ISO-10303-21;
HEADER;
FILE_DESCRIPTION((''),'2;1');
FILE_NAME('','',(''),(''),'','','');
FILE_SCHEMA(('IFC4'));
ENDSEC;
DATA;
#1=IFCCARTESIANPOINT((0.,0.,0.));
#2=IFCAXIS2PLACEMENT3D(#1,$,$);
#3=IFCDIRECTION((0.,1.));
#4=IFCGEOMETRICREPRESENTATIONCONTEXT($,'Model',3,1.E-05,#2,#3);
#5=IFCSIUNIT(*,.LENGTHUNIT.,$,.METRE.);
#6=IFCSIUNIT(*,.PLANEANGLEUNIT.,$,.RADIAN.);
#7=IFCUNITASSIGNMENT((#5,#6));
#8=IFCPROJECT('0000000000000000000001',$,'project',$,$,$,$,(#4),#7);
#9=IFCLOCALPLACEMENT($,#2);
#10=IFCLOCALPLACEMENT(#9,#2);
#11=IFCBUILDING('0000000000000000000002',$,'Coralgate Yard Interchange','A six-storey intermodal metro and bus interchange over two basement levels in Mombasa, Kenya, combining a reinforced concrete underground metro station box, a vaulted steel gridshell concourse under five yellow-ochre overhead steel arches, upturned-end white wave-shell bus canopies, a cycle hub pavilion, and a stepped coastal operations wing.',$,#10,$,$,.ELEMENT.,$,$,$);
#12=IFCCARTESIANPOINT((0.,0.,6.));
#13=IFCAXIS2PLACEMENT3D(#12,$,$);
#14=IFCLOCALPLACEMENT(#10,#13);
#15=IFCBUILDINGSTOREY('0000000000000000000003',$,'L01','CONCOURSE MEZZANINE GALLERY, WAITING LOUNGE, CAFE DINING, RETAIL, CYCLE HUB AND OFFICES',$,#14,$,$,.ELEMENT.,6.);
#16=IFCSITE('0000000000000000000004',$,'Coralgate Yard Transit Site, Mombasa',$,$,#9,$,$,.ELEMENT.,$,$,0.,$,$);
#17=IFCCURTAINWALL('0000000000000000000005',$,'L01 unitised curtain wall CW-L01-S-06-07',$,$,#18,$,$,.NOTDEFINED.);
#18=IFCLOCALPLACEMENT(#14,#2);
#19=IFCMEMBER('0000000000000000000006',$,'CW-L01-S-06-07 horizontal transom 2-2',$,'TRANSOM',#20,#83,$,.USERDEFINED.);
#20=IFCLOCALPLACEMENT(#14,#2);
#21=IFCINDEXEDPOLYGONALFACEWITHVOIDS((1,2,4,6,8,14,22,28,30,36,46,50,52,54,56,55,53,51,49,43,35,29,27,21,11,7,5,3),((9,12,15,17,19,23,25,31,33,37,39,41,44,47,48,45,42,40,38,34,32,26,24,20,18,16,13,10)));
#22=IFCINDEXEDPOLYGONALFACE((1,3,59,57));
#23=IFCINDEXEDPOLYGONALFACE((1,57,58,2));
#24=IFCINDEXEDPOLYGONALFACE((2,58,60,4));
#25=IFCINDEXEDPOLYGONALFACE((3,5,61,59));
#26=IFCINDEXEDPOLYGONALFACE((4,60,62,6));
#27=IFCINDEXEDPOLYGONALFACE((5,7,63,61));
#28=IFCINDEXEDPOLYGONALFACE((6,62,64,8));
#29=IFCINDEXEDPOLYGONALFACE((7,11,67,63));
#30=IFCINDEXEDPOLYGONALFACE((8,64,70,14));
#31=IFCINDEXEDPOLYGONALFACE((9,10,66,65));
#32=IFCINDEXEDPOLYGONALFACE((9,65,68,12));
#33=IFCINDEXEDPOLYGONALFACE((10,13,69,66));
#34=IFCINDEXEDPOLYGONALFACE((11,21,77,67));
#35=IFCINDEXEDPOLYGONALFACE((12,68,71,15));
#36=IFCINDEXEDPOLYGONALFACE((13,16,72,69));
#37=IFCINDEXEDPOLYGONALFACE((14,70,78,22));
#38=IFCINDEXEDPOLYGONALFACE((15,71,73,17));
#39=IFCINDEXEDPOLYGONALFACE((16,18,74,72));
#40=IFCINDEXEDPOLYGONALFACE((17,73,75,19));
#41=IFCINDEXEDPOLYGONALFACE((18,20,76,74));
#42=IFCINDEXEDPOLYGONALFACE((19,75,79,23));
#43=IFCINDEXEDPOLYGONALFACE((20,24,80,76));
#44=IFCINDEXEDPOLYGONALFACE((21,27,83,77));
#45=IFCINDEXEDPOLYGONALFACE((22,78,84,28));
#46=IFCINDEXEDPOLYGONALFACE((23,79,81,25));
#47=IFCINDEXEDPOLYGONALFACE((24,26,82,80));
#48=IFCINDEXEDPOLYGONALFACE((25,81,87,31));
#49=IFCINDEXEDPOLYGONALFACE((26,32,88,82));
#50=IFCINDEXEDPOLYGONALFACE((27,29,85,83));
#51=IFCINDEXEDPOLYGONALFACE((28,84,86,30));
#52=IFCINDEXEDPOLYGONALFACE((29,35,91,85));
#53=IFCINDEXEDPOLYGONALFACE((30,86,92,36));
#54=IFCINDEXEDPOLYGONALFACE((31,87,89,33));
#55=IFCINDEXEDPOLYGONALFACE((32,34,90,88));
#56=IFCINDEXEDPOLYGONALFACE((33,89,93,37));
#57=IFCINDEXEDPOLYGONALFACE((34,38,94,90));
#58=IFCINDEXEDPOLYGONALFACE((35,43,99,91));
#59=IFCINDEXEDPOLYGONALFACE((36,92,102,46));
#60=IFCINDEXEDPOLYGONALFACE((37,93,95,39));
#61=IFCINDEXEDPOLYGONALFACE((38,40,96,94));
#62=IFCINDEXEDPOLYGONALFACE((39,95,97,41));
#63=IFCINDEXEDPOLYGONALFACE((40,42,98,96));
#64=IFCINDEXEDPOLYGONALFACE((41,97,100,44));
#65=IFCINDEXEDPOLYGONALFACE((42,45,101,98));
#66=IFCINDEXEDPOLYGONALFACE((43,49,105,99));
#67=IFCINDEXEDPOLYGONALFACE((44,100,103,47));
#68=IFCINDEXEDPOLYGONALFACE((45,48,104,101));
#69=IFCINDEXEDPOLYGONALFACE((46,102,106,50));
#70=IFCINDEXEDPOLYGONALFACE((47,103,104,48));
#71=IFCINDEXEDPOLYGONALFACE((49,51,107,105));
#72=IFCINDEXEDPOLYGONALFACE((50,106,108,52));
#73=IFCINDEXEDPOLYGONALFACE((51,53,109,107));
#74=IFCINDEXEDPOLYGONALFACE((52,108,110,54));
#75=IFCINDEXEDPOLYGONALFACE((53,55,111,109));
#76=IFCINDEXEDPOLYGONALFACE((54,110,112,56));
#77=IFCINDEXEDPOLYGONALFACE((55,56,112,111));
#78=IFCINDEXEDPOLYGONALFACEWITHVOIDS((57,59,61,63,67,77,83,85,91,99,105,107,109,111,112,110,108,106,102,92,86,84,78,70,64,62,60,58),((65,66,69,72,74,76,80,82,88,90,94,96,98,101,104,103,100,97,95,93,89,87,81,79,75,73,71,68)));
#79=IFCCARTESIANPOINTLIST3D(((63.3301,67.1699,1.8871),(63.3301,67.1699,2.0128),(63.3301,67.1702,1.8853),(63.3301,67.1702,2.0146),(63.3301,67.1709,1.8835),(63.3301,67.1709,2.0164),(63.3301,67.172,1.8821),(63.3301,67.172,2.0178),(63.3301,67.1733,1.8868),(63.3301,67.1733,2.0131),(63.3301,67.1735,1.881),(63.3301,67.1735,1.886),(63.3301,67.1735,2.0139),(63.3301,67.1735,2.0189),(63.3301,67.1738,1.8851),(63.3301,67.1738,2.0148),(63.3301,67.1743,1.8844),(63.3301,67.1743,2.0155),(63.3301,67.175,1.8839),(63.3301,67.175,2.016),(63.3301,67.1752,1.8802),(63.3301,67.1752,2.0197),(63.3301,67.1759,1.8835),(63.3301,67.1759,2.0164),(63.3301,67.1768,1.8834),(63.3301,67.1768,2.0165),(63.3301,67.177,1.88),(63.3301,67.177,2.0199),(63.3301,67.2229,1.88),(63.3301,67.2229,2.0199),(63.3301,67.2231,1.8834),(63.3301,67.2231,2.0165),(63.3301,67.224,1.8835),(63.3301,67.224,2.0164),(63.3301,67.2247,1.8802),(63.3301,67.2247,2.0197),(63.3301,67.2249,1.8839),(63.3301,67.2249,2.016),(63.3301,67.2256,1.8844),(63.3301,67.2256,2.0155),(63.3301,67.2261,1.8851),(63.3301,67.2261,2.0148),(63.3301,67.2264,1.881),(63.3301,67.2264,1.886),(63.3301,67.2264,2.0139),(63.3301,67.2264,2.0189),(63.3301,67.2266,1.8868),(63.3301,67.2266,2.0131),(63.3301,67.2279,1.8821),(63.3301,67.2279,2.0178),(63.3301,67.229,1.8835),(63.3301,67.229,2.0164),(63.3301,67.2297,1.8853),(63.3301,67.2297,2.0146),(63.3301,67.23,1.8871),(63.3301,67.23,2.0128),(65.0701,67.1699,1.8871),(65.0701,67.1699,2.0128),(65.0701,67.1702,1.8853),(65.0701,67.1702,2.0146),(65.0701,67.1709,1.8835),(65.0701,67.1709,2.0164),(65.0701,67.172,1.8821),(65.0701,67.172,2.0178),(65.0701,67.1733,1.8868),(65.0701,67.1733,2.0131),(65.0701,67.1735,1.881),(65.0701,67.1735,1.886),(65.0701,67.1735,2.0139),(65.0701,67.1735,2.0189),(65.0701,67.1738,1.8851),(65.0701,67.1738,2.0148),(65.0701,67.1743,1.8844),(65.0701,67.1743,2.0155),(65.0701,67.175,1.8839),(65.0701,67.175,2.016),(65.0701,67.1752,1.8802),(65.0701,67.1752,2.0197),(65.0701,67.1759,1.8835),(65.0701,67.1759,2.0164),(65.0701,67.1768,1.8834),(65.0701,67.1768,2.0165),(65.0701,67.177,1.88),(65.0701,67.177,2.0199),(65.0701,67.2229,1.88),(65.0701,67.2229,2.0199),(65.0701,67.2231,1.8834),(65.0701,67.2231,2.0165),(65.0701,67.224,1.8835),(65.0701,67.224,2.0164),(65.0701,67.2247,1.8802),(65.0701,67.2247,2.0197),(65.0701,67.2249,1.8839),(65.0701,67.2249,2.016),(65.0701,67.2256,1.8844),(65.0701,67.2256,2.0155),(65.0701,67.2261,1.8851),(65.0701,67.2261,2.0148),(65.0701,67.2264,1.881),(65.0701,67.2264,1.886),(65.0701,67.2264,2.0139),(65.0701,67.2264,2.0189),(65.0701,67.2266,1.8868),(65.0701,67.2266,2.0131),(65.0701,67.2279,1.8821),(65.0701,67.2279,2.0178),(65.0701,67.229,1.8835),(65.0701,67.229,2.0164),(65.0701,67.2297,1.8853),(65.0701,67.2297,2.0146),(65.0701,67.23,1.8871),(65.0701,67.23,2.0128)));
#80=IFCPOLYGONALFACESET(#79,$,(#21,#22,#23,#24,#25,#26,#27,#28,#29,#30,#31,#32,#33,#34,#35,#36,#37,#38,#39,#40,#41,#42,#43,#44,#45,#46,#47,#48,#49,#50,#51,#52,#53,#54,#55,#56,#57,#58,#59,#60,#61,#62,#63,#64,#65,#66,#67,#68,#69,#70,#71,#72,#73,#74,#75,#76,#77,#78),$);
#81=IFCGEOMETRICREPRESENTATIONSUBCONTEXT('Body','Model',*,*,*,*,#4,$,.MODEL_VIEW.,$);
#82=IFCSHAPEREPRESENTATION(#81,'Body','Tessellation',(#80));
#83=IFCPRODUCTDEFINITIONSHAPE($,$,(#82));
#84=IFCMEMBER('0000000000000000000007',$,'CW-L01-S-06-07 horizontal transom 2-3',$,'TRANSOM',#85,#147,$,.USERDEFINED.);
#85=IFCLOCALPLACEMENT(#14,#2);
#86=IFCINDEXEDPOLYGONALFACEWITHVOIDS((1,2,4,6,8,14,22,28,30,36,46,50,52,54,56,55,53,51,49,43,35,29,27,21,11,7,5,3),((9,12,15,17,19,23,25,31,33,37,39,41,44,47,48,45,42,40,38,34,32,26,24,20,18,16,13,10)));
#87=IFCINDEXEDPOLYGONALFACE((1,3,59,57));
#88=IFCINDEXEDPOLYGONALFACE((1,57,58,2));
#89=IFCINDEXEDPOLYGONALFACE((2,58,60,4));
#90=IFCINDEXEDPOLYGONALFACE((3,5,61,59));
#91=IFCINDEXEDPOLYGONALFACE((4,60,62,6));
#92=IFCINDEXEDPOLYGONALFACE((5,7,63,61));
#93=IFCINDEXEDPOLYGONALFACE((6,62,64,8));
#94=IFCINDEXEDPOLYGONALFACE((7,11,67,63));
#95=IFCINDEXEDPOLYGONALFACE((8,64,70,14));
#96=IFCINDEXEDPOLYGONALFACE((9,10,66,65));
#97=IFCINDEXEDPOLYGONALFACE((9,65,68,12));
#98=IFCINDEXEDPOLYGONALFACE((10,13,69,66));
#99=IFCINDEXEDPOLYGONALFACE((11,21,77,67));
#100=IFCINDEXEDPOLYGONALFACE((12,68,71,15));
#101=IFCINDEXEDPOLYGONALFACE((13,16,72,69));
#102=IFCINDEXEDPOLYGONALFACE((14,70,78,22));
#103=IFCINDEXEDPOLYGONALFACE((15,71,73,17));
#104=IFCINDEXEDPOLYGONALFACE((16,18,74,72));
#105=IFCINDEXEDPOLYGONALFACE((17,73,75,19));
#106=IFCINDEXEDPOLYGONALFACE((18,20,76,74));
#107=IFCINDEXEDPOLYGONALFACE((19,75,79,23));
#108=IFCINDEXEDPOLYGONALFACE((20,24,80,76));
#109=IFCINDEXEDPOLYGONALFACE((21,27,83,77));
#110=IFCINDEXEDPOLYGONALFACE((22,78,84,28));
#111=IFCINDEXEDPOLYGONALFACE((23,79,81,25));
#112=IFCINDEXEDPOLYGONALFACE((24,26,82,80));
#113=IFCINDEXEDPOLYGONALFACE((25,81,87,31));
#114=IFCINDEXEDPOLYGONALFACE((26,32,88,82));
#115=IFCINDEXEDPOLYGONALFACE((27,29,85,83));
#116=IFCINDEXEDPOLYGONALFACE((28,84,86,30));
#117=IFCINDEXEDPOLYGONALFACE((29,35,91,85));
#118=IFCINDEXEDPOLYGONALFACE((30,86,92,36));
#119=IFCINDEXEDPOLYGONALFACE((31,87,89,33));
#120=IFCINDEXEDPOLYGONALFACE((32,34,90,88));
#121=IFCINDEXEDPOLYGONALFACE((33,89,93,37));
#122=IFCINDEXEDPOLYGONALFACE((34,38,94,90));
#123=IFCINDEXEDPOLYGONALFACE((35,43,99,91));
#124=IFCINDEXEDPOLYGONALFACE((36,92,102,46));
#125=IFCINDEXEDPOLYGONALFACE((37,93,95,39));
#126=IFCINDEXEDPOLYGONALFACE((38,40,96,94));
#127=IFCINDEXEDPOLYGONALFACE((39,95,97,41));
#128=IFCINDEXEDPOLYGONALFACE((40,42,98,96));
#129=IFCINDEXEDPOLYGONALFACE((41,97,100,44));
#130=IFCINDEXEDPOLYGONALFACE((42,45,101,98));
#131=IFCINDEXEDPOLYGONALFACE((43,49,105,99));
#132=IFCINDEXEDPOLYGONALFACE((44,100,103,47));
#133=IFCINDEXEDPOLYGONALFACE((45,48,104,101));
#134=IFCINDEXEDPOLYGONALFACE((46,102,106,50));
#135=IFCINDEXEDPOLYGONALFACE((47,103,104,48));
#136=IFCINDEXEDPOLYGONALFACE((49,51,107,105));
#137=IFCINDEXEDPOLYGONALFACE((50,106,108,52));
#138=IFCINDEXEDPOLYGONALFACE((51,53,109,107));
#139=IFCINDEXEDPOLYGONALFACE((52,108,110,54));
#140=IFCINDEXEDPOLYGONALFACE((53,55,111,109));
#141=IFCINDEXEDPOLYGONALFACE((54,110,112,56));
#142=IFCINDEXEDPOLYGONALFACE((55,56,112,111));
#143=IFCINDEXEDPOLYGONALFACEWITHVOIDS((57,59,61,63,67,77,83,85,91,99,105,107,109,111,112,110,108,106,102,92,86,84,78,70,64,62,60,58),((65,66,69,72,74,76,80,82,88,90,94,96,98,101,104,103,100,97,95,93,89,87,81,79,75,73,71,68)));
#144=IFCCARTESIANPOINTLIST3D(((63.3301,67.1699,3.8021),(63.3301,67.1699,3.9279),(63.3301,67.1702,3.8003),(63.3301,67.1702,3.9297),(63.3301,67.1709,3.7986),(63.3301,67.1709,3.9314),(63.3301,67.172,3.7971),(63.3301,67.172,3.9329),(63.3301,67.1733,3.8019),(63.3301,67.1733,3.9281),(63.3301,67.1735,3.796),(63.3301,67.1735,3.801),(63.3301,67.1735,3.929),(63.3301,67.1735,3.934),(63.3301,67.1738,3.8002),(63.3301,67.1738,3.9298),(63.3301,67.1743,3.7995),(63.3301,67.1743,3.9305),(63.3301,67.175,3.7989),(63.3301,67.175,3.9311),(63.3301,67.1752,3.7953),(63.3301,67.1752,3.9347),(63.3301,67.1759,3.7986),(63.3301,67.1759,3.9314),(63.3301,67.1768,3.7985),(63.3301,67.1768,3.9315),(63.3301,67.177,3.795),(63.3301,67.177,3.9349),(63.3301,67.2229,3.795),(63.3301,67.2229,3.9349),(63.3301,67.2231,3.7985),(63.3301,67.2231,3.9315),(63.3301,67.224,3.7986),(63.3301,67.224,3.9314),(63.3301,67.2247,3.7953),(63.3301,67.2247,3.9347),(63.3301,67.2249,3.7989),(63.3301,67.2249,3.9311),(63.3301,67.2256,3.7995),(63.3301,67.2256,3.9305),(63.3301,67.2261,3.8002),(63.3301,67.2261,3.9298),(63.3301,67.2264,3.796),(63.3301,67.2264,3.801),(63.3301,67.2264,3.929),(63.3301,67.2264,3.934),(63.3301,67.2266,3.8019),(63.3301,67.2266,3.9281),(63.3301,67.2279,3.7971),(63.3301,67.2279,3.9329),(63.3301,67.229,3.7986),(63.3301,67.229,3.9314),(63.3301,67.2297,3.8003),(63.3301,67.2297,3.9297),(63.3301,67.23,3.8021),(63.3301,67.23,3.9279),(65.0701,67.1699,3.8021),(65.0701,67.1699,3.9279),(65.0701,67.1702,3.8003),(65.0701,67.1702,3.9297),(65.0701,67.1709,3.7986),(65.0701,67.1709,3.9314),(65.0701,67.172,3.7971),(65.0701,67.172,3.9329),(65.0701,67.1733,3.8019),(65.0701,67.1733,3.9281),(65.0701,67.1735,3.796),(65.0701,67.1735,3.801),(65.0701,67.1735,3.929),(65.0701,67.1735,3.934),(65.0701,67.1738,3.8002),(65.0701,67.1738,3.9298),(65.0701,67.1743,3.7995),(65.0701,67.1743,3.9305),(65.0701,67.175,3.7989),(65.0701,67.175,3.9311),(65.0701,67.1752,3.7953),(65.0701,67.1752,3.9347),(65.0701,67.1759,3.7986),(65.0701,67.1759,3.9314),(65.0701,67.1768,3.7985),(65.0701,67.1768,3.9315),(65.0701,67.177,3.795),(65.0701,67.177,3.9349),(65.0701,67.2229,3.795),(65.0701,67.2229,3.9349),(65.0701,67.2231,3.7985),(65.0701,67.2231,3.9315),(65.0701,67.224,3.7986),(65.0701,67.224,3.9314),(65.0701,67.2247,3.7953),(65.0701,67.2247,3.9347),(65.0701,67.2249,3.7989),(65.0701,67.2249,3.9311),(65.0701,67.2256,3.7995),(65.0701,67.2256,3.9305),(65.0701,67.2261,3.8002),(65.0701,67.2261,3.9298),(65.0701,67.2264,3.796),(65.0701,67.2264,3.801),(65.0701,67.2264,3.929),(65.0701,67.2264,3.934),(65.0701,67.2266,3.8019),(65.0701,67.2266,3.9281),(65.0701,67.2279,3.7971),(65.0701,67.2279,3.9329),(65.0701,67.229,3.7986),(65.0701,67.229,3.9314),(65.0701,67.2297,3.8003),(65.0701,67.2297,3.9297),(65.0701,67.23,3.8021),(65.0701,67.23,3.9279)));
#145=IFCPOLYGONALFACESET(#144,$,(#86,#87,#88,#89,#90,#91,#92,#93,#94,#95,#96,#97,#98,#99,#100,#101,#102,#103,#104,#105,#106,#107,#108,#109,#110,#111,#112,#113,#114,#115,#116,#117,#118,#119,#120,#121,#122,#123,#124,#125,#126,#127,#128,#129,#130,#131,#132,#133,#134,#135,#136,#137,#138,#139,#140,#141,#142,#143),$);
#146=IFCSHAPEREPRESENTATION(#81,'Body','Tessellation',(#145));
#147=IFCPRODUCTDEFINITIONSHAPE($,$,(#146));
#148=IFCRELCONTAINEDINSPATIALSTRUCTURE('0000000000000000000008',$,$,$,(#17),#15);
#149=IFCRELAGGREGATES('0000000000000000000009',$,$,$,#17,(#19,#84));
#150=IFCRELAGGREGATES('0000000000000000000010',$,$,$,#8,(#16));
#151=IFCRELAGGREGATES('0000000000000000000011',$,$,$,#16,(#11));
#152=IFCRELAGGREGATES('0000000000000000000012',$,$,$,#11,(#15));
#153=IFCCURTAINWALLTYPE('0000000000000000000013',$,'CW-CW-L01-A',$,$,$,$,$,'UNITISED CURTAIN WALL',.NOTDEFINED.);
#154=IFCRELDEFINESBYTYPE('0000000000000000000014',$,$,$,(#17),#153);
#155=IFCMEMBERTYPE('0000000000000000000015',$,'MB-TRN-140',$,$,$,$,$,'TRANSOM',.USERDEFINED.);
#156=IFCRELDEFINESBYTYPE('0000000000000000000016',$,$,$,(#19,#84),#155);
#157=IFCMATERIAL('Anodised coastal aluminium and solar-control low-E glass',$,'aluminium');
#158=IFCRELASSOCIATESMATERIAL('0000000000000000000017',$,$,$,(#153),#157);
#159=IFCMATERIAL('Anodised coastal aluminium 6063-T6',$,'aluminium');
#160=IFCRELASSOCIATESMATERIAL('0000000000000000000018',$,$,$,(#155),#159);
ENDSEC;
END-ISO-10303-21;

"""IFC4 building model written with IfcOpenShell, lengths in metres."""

from ifc_helpers import new_model, si_unit, direction, frame, origin, origin_2d, place, context, subcontext, project, spatial, hollow_rectangle, extrude, material, material_profile, profile_set, type_object, element, aggregate, save


model = new_model("IFC4")

# Units and contexts
model_context = context("Model", 3, precision=1e-05, world=origin(), true_north=direction((0.0, 1.0)))
body_context = subcontext(model_context, "Body", "Model", "MODEL_VIEW")
ifc_project = project(units=[si_unit("LENGTHUNIT", "METRE"), si_unit("PLANEANGLEUNIT", "RADIAN")], contexts=[model_context])

# Site, building, storey
site_placement = place(None, origin())
site = spatial("IfcSite", under=ifc_project, at=site_placement, Name="Coralgate Yard Transit Site, Mombasa", CompositionType="ELEMENT", RefElevation=0.0)
building_placement = place(site_placement, origin())
building = spatial("IfcBuilding", under=site, at=building_placement, Name="Coralgate Yard Interchange", Description="A six-storey intermodal metro and bus interchange over two basement levels in Mombasa, Kenya, combining a reinforced concrete underground metro station box, a vaulted steel gridshell concourse under five yellow-ochre overhead steel arches, upturned-end white wave-shell bus canopies, a cycle hub pavilion, and a stepped coastal operations wing.", CompositionType="ELEMENT")
storey_placement = place(building_placement, frame((0.0, 0.0, 6.0)))
storey = spatial("IfcBuildingStorey", under=building, at=storey_placement, Name="L01", Description="CONCOURSE MEZZANINE GALLERY, WAITING LOUNGE, CAFE DINING, RETAIL, CYCLE HUB AND OFFICES", CompositionType="ELEMENT", Elevation=6.0)

# Curtain wall, members
ifc_material_1 = material(Name="Anodised coastal aluminium and solar-control low-E glass", Category="aluminium")
curtain_wall_type = type_object("IfcCurtainWallType", Name="CW-CW-L01-A", ElementType="UNITISED CURTAIN WALL", PredefinedType="NOTDEFINED", material=ifc_material_1)
curtain_wall_placement = place(storey_placement, origin())
curtain_wall = element("IfcCurtainWall", 1, at=curtain_wall_placement, inside=storey, type_object=curtain_wall_type, Name="L01 unitised curtain wall CW-L01-S-06-07", PredefinedType="NOTDEFINED")
ifc_material_2 = material(Name="Anodised coastal aluminium 6063-T6", Category="aluminium")
ifc_material_profile_1 = material_profile(ifc_material_2, hollow_rectangle(XDim=0.0601, YDim=0.1399, WallThickness=0.0034, InnerFilletRadius=0.0034, OuterFilletRadius=0.0071, at=origin_2d()), Name="ALU 60x140x3.5")
ifc_profile_set_1 = profile_set([ifc_material_profile_1], Name="Anodised coastal aluminium 6063-T6")
member_type_1 = type_object("IfcMemberType", Name="MB-TRN-140", ElementType="TRANSOM", PredefinedType="USERDEFINED", material=ifc_profile_set_1)
member_1_placement = place(storey_placement, frame((65.0701, 67.2, 1.95), z_axis=(-1.0, 0.0, 0.0), x_axis=(0.0, -1.0, 0.0)))
member_1 = element("IfcMember", 2, at=member_1_placement, type_object=member_type_1, Name="CW-L01-S-06-07 horizontal transom 2-2", ObjectType="TRANSOM", PredefinedType="USERDEFINED", context=body_context, shape_type="SweptSolid", body=[
    extrude(hollow_rectangle(XDim=0.0601, YDim=0.1399, WallThickness=0.0034, InnerFilletRadius=0.0034, OuterFilletRadius=0.0071, at=origin_2d()), origin(), (0.0, 0.0, 1.0), 1.74),
])
member_2_placement = place(storey_placement, frame((65.0701, 67.2, 3.865), z_axis=(-1.0, 0.0, 0.0), x_axis=(0.0, -1.0, 0.0)))
member_2 = element("IfcMember", 3, at=member_2_placement, type_object=member_type_1, Name="CW-L01-S-06-07 horizontal transom 2-3", ObjectType="TRANSOM", PredefinedType="USERDEFINED", context=body_context, shape_type="SweptSolid", body=[
    extrude(hollow_rectangle(XDim=0.0601, YDim=0.1399, WallThickness=0.0034, InnerFilletRadius=0.0034, OuterFilletRadius=0.0071, at=origin_2d()), origin(), (0.0, 0.0, 1.0), 1.74),
])
aggregate(curtain_wall, [member_1, member_2])

save(model, "model.ifc")
